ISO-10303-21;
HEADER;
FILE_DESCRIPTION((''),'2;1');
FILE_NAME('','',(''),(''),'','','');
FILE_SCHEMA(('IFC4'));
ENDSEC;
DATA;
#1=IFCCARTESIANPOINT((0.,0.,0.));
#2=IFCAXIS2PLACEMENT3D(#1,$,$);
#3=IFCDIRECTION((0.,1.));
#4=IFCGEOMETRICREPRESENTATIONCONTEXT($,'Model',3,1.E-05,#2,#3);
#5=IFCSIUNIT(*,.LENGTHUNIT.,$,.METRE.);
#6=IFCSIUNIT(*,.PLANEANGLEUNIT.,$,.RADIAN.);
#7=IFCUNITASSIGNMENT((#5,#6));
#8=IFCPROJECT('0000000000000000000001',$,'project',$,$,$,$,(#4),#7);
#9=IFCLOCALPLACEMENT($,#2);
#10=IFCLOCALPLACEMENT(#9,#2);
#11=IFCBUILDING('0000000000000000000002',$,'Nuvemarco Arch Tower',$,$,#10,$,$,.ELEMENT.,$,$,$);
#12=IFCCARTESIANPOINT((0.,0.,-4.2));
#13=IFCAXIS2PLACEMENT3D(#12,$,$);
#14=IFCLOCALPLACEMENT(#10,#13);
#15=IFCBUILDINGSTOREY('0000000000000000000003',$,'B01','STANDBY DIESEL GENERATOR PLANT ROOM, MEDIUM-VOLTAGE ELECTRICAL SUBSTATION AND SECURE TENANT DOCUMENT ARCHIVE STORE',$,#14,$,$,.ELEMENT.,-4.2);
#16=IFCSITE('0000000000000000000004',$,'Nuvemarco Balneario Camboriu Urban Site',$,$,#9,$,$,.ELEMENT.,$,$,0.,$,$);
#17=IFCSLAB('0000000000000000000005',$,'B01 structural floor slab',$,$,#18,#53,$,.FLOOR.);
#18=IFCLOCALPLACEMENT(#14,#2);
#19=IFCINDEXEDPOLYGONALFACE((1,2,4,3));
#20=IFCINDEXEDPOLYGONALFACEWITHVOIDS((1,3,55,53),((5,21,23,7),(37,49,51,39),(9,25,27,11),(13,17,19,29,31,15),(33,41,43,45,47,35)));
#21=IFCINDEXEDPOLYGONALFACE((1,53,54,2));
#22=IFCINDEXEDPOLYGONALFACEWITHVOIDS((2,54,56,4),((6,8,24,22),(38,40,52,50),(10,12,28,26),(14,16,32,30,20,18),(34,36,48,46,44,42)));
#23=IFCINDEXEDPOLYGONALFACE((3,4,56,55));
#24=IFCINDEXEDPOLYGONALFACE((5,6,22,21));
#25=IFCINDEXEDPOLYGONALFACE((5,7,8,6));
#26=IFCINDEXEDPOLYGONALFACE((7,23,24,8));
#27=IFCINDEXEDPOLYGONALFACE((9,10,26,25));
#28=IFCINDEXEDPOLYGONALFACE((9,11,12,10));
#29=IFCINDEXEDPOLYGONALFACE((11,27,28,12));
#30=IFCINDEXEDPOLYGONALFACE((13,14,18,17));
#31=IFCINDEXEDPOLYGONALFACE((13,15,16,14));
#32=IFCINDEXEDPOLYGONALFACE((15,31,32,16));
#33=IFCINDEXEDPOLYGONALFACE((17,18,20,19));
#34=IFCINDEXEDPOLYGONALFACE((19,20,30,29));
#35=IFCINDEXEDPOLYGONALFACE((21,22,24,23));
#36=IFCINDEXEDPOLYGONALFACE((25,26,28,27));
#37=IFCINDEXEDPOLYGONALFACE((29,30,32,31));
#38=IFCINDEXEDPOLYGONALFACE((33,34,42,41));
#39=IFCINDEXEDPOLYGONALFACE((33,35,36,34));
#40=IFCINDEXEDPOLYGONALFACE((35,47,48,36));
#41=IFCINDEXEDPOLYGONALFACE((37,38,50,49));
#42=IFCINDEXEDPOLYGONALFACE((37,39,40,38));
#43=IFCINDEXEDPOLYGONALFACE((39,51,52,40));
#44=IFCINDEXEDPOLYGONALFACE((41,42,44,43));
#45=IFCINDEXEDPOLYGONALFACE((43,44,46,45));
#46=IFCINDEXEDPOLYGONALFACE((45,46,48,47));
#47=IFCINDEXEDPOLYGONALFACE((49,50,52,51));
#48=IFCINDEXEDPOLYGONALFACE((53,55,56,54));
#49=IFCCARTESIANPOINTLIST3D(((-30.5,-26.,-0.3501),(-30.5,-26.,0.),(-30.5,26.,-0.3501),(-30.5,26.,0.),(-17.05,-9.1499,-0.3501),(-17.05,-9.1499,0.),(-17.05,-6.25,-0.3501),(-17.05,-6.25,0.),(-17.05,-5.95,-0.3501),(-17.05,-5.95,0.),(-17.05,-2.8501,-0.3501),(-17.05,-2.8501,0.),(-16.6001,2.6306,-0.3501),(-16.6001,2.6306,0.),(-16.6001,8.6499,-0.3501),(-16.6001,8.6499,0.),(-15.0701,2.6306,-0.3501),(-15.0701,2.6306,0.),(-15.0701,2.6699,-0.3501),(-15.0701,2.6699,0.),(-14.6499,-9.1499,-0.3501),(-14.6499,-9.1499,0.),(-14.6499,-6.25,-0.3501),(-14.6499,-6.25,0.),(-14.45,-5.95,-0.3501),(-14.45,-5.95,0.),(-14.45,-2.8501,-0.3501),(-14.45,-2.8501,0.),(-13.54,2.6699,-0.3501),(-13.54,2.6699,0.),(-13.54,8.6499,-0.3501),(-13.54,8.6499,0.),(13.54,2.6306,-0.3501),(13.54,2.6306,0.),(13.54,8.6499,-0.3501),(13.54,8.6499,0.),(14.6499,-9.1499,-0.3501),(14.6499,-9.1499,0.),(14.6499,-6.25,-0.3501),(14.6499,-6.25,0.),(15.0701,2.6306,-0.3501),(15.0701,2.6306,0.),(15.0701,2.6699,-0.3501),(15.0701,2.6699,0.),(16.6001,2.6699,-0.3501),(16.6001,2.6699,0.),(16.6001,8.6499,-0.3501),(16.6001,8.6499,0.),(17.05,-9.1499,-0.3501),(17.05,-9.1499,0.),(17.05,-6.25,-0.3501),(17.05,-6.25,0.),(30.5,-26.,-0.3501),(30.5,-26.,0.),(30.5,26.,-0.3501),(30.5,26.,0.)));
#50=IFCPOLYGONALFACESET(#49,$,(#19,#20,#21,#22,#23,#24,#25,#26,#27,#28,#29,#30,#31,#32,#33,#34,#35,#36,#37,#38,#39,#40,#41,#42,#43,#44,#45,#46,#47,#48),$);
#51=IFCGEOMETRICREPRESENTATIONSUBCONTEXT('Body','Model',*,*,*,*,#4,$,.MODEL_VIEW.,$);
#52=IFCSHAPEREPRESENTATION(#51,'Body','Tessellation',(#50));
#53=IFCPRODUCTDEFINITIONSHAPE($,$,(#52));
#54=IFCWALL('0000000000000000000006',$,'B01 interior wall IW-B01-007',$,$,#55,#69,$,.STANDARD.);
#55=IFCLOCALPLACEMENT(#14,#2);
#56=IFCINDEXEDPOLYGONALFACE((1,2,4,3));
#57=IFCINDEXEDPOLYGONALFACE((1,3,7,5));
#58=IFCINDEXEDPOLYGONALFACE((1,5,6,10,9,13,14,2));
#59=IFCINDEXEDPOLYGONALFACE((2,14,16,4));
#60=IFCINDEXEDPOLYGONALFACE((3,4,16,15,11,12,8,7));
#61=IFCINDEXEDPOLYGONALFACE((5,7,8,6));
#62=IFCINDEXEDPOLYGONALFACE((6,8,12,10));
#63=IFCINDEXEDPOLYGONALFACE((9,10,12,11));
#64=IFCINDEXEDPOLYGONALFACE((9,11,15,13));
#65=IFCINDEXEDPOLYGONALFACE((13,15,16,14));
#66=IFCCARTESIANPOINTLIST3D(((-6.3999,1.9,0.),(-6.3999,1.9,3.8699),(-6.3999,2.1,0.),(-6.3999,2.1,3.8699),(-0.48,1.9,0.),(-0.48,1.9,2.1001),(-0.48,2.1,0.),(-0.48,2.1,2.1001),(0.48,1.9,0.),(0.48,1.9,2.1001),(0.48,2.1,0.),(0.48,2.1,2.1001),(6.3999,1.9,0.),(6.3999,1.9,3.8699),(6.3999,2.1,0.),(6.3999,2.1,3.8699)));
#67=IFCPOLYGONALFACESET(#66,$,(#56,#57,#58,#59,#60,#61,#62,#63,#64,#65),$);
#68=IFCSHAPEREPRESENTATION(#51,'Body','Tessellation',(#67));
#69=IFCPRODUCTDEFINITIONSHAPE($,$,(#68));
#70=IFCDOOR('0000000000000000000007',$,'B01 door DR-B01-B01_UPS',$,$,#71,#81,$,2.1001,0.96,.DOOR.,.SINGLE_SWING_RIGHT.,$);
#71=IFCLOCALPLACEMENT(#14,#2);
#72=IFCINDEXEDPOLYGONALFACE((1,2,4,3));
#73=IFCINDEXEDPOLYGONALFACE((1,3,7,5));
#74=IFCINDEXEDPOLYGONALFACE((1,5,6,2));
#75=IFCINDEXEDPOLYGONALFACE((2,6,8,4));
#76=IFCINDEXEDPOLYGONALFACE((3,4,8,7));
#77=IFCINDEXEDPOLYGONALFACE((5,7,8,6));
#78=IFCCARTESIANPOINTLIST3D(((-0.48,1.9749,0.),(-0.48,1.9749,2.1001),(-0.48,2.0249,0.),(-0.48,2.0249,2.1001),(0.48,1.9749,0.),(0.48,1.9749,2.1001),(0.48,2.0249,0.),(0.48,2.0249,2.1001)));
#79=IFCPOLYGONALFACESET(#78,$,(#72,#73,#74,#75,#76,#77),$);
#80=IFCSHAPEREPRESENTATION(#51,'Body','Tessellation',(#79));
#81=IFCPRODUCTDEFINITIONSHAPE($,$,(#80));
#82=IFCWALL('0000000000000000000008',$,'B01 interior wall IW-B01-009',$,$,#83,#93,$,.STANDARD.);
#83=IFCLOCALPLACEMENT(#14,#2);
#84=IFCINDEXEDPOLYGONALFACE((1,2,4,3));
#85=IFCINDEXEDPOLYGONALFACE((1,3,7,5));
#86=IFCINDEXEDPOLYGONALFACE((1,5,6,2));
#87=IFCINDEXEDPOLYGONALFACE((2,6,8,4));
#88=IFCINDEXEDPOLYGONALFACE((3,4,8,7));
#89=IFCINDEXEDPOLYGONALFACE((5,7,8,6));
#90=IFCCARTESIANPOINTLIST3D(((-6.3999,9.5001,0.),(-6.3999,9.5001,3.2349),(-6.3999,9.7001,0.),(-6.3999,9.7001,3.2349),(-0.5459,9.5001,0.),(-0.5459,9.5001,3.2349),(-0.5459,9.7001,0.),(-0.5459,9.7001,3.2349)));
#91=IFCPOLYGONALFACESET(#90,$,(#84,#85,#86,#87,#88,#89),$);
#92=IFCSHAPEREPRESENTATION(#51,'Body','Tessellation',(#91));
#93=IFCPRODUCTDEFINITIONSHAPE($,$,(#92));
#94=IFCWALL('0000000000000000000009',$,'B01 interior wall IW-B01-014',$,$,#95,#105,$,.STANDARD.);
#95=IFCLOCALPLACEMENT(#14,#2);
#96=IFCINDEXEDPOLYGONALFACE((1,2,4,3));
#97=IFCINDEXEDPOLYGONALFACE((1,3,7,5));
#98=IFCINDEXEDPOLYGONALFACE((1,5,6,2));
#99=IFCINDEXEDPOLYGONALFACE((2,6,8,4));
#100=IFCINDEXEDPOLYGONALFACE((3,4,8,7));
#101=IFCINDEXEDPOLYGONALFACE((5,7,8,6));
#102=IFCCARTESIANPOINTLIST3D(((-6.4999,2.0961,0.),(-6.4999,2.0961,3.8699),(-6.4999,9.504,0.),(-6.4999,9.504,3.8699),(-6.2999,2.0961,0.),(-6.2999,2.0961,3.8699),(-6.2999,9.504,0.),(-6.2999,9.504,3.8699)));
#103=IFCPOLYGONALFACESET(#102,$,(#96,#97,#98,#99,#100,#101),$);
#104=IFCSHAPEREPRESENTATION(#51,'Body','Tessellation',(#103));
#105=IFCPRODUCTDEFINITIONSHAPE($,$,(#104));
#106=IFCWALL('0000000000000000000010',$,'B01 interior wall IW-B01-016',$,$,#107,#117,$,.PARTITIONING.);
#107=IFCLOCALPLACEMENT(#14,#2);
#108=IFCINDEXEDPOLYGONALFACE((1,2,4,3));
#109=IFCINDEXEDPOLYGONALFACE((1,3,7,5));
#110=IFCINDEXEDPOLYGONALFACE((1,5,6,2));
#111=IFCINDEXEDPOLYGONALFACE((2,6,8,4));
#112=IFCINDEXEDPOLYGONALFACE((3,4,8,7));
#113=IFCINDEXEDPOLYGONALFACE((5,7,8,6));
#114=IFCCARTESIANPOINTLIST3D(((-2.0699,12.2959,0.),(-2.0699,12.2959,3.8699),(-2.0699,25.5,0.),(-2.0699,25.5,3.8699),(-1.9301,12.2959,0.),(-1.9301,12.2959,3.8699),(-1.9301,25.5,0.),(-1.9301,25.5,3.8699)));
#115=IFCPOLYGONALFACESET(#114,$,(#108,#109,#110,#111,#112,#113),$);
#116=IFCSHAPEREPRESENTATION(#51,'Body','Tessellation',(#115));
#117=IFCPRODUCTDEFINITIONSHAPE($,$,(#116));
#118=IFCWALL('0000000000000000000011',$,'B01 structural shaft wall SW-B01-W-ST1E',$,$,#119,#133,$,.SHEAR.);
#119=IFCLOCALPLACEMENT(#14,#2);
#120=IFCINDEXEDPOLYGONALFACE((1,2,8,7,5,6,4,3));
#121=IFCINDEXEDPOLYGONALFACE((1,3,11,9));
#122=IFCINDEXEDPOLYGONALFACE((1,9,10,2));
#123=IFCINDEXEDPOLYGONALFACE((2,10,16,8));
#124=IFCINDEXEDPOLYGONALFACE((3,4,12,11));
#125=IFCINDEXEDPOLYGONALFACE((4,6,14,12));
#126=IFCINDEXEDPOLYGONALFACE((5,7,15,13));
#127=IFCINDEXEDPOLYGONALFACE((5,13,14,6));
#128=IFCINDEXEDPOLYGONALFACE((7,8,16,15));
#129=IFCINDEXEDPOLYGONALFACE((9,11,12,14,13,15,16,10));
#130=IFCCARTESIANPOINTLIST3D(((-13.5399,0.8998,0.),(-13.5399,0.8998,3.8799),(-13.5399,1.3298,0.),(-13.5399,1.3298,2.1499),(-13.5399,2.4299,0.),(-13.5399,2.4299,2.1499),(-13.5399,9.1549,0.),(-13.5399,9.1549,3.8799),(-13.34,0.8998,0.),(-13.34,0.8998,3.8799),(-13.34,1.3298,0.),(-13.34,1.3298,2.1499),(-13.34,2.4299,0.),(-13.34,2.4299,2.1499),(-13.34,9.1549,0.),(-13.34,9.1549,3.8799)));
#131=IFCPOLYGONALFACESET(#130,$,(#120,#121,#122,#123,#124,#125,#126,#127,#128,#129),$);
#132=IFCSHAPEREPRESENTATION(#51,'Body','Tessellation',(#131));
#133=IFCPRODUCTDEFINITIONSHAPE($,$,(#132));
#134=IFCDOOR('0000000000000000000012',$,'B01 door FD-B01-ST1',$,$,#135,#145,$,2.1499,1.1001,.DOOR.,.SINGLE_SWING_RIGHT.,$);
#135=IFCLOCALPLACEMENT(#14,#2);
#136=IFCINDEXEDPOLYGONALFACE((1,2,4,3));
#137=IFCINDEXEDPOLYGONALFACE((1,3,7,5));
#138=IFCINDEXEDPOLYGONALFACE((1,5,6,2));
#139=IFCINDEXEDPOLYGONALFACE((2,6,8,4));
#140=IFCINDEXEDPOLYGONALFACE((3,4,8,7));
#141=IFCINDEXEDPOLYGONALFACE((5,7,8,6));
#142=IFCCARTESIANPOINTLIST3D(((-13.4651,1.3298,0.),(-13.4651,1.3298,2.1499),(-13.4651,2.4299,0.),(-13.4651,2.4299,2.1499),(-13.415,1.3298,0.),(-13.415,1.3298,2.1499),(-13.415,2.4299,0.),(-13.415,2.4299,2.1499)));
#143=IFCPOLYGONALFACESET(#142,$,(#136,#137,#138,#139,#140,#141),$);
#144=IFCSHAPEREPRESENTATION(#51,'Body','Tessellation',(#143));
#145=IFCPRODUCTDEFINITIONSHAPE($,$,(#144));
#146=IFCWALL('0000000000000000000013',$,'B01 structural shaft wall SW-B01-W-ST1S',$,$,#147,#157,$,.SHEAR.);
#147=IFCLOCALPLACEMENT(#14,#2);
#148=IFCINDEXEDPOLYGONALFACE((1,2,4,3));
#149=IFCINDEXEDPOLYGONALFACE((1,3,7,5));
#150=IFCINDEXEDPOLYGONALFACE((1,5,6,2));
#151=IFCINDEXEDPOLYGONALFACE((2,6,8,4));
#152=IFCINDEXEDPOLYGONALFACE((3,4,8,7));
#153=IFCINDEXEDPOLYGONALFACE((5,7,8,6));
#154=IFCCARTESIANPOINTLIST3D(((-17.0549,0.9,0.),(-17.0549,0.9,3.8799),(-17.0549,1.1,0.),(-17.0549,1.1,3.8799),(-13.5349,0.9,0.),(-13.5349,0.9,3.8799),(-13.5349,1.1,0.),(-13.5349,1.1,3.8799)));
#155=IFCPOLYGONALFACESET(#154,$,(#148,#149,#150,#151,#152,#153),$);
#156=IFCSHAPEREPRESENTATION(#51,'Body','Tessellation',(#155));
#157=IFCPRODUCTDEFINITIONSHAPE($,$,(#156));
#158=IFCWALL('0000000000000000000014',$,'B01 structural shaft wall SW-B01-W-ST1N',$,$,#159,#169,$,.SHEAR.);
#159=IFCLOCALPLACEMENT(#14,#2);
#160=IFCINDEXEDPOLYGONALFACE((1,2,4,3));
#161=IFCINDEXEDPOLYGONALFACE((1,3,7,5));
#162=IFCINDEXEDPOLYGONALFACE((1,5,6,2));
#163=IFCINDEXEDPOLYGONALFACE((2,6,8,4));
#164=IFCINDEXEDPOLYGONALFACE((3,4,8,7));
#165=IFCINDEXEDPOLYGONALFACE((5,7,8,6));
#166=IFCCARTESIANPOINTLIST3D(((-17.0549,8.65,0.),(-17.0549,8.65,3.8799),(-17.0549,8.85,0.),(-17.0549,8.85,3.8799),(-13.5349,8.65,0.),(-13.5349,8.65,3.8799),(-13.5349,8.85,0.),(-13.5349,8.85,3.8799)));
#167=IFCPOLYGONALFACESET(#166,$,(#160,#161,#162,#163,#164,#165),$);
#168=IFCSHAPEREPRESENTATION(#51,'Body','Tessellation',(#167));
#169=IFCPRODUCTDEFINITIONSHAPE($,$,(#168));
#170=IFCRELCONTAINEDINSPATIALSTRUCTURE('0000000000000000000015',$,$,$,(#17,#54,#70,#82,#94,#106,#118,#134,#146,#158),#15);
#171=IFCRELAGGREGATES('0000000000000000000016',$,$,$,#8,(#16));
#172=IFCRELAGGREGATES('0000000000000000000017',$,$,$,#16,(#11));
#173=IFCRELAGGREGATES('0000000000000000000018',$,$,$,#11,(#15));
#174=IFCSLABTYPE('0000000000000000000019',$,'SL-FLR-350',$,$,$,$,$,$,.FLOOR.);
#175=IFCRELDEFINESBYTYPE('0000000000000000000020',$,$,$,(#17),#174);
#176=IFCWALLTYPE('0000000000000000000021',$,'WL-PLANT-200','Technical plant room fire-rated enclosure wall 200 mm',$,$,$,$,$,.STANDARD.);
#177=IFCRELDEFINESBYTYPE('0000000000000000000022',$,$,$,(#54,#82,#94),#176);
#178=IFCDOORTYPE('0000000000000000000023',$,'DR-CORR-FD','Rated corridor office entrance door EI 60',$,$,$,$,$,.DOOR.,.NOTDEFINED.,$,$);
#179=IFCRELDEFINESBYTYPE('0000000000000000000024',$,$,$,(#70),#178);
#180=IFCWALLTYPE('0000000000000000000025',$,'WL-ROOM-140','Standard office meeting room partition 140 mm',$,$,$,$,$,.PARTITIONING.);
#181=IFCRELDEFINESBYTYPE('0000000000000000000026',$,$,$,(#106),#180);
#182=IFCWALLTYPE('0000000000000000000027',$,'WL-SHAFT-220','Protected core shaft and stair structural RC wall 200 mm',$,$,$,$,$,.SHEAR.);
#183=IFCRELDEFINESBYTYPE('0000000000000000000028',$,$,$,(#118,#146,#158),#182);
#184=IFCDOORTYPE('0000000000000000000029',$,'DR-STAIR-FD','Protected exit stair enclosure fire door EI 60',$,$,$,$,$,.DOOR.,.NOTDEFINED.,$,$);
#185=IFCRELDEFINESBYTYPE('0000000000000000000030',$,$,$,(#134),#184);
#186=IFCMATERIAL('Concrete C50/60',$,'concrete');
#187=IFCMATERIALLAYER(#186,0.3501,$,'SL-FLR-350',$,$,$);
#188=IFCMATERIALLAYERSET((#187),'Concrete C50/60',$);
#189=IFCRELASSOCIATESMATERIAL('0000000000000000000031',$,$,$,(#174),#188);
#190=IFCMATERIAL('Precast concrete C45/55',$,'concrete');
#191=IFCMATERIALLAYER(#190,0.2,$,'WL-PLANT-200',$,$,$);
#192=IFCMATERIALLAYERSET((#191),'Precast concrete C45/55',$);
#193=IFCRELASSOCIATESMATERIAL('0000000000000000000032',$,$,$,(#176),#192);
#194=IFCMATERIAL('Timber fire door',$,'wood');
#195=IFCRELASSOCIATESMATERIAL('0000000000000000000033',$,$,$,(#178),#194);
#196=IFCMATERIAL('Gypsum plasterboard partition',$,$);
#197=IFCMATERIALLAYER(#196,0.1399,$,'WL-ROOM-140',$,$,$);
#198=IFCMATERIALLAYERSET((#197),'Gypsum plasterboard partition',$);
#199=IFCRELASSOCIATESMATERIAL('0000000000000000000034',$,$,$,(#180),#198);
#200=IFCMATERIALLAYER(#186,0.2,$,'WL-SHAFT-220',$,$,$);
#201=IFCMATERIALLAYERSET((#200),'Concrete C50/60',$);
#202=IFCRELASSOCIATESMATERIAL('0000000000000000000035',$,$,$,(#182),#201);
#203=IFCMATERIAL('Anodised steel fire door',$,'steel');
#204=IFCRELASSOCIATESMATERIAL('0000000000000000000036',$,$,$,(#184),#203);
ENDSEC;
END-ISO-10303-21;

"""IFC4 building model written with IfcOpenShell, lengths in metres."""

from ifc_helpers import new_model, si_unit, direction, frame, frame_2d, origin, place, context, subcontext, project, spatial, polyline, rectangle, outline, extrude, source, transform, mapped, material, layer, layer_set, type_object, type_shapes, element, fill, save


model = new_model("IFC4")

# Units and contexts
model_context = context("Model", 3, precision=1e-05, world=origin(), true_north=direction((0.0, 1.0)))
body_context = subcontext(model_context, "Body", "Model", "MODEL_VIEW")
ifc_project = project(units=[si_unit("LENGTHUNIT", "METRE"), si_unit("PLANEANGLEUNIT", "RADIAN")], contexts=[model_context])

# Site, building, storey
site_placement = place(None, origin())
site = spatial("IfcSite", under=ifc_project, at=site_placement, Name="Nuvemarco Balneario Camboriu Urban Site", CompositionType="ELEMENT", RefElevation=0.0)
building_placement = place(site_placement, origin())
building = spatial("IfcBuilding", under=site, at=building_placement, Name="Nuvemarco Arch Tower", CompositionType="ELEMENT")
storey_placement = place(building_placement, frame((0.0, 0.0, -4.2)))
storey = spatial("IfcBuildingStorey", under=building, at=storey_placement, Name="B01", Description="STANDBY DIESEL GENERATOR PLANT ROOM, MEDIUM-VOLTAGE ELECTRICAL SUBSTATION AND SECURE TENANT DOCUMENT ARCHIVE STORE", CompositionType="ELEMENT", Elevation=-4.2)

# Shared definitions
ifc_material_1 = material(Name="Concrete C50/60", Category="concrete")

# Slab
ifc_layer_1 = layer(ifc_material_1, 0.3501, Name="SL-FLR-350")
ifc_layer_set_1 = layer_set([ifc_layer_1], Name="Concrete C50/60")
slab_type = type_object("IfcSlabType", Name="SL-FLR-350", PredefinedType="FLOOR", material=ifc_layer_set_1)
slab_placement = place(storey_placement, frame((0.0, 0.0, -0.3501)))
element("IfcSlab", 1, at=slab_placement, inside=storey, type_object=slab_type, Name="B01 structural floor slab", PredefinedType="FLOOR", context=body_context, shape_type="SweptSolid", body=[
    extrude(outline(polyline([(-30.5, -26.0), (30.5, -26.0), (30.5, 26.0), (-30.5, 26.0), (-30.5, -26.0)]), holes=[polyline([(-13.54, 2.6699), (-13.54, 8.6499), (-16.6001, 8.6499), (-16.6001, 2.6306), (-15.0701, 2.6306), (-15.0701, 2.6699), (-13.54, 2.6699)]), polyline([(16.6001, 2.6699), (16.6001, 8.6499), (13.54, 8.6499), (13.54, 2.6306), (15.0701, 2.6306), (15.0701, 2.6699), (16.6001, 2.6699)]), polyline([(-17.05, -9.1499), (-14.6499, -9.1499), (-14.6499, -6.25), (-17.05, -6.25), (-17.05, -9.1499)]), polyline([(-17.05, -5.95), (-14.45, -5.95), (-14.45, -2.8501), (-17.05, -2.8501), (-17.05, -5.95)]), polyline([(14.6499, -9.1499), (17.05, -9.1499), (17.05, -6.25), (14.6499, -6.25), (14.6499, -9.1499)])]), origin(), (0.0, 0.0, 1.0), 0.3501),
])

# Wall, opening, door
ifc_material_2 = material(Name="Precast concrete C45/55", Category="concrete")
ifc_layer_2 = layer(ifc_material_2, 0.2, Name="WL-PLANT-200")
ifc_layer_set_2 = layer_set([ifc_layer_2], Name="Precast concrete C45/55")
wall_type_1 = type_object("IfcWallType", Name="WL-PLANT-200", Description="Technical plant room fire-rated enclosure wall 200 mm", PredefinedType="STANDARD", material=ifc_layer_set_2)
wall_1_placement = place(storey_placement, frame((-6.3999, 2.0, 0.0), z_axis=(0.0, 0.0, 1.0), x_axis=(1.0, 0.0, 0.0)))
wall_1 = element("IfcWall", 2, at=wall_1_placement, inside=storey, type_object=wall_type_1, Name="B01 interior wall IW-B01-007", PredefinedType="STANDARD", context=body_context, shape_type="SweptSolid", body=[
    extrude(rectangle(XDim=12.7998, YDim=0.2, at=frame_2d((6.3999, 0.0))), origin(), (0.0, 0.0, 1.0), 3.8699),
])
opening_1_placement = place(wall_1_placement, frame((5.9199, 0.0, 0.0)))
opening_1 = element("IfcOpeningElement", 3, at=opening_1_placement, cuts=wall_1, PredefinedType="OPENING", context=body_context, shape_type="SweptSolid", body=[
    extrude(rectangle(XDim=0.96, YDim=2.1001, at=frame_2d((0.48, 1.05))), frame((0.0, 0.1099, 0.0), z_axis=(0.0, -1.0, 0.0), x_axis=(1.0, 0.0, 0.0)), (0.0, 0.0, 1.0), 0.22),
])
ifc_material_3 = material(Name="Timber fire door", Category="wood")
door_type_1 = type_object("IfcDoorType", Name="DR-CORR-FD", Description="Rated corridor office entrance door EI 60", OperationType="NOTDEFINED", PredefinedType="DOOR", material=ifc_material_3)
shared_shape_1 = source(origin(), body_context, "Body", "SweptSolid", [
    extrude(rectangle(XDim=0.96, YDim=2.1001, at=frame_2d((0.48, 1.05))), frame((0.0, 0.0249, 0.0), z_axis=(0.0, -1.0, 0.0), x_axis=(1.0, 0.0, 0.0)), (0.0, 0.0, 1.0), 0.05),
])
type_shapes(door_type_1, [shared_shape_1])
door_1_placement = place(opening_1_placement, origin())
door_1 = element("IfcDoor", 4, at=door_1_placement, inside=storey, type_object=door_type_1, Name="B01 door DR-B01-B01_UPS", OperationType="SINGLE_SWING_RIGHT", OverallHeight=2.1001, OverallWidth=0.96, PredefinedType="DOOR", context=body_context, shape_type="MappedRepresentation", body=[
    mapped(shared_shape_1, transform((0.0, 0.0, 0.0), scale=1.0)),
])
fill(opening_1, door_1)

# Walls
wall_2_placement = place(storey_placement, frame((-6.3999, 9.6001, 0.0), z_axis=(0.0, 0.0, 1.0), x_axis=(1.0, 0.0, 0.0)))
element("IfcWall", 5, at=wall_2_placement, inside=storey, type_object=wall_type_1, Name="B01 interior wall IW-B01-009", PredefinedType="STANDARD", context=body_context, shape_type="SweptSolid", body=[
    extrude(rectangle(XDim=5.854, YDim=0.2, at=frame_2d((2.927, 0.0))), origin(), (0.0, 0.0, 1.0), 3.2349),
])
wall_3_placement = place(storey_placement, frame((-6.3999, 2.0959, 0.0), z_axis=(0.0, 0.0, 1.0), x_axis=(0.0, 1.0, 0.0)))
element("IfcWall", 6, at=wall_3_placement, inside=storey, type_object=wall_type_1, Name="B01 interior wall IW-B01-014", PredefinedType="STANDARD", context=body_context, shape_type="SweptSolid", body=[
    extrude(rectangle(XDim=7.408, YDim=0.2, at=frame_2d((3.7041, 0.0))), origin(), (0.0, 0.0, 1.0), 3.8699),
])
ifc_material_4 = material(Name="Gypsum plasterboard partition")
ifc_layer_3 = layer(ifc_material_4, 0.1399, Name="WL-ROOM-140")
ifc_layer_set_3 = layer_set([ifc_layer_3], Name="Gypsum plasterboard partition")
wall_type_2 = type_object("IfcWallType", Name="WL-ROOM-140", Description="Standard office meeting room partition 140 mm", PredefinedType="PARTITIONING", material=ifc_layer_set_3)
wall_4_placement = place(storey_placement, frame((-2.0, 12.2959, 0.0), z_axis=(0.0, 0.0, 1.0), x_axis=(0.0, 1.0, 0.0)))
element("IfcWall", 7, at=wall_4_placement, inside=storey, type_object=wall_type_2, Name="B01 interior wall IW-B01-016", PredefinedType="PARTITIONING", context=body_context, shape_type="SweptSolid", body=[
    extrude(rectangle(XDim=13.2041, YDim=0.1399, at=frame_2d((6.6021, 0.0))), origin(), (0.0, 0.0, 1.0), 3.8699),
])

# Wall, opening, door
ifc_layer_4 = layer(ifc_material_1, 0.2, Name="WL-SHAFT-220")
ifc_layer_set_4 = layer_set([ifc_layer_4], Name="Concrete C50/60")
wall_type_3 = type_object("IfcWallType", Name="WL-SHAFT-220", Description="Protected core shaft and stair structural RC wall 200 mm", PredefinedType="SHEAR", material=ifc_layer_set_4)
wall_5_placement = place(storey_placement, frame((-13.4399, 0.8999, 0.0), z_axis=(0.0, 0.0, 1.0), x_axis=(0.0, 1.0, 0.0)))
wall_5 = element("IfcWall", 8, at=wall_5_placement, inside=storey, type_object=wall_type_3, Name="B01 structural shaft wall SW-B01-W-ST1E", PredefinedType="SHEAR", context=body_context, shape_type="SweptSolid", body=[
    extrude(rectangle(XDim=8.2551, YDim=0.2, at=frame_2d((4.1274, 0.0))), origin(), (0.0, 0.0, 1.0), 3.8799),
])
opening_2_placement = place(wall_5_placement, frame((1.53, 0.0, 0.0), z_axis=(0.0, 0.0, 1.0), x_axis=(-1.0, 0.0, 0.0)))
opening_2 = element("IfcOpeningElement", 9, at=opening_2_placement, cuts=wall_5, PredefinedType="OPENING", context=body_context, shape_type="SweptSolid", body=[
    extrude(rectangle(XDim=1.1001, YDim=2.1499, at=frame_2d((0.55, 1.075))), frame((0.0, 0.1099, 0.0), z_axis=(0.0, -1.0, 0.0), x_axis=(1.0, 0.0, 0.0)), (0.0, 0.0, 1.0), 0.22),
])
ifc_material_5 = material(Name="Anodised steel fire door", Category="steel")
door_type_2 = type_object("IfcDoorType", Name="DR-STAIR-FD", Description="Protected exit stair enclosure fire door EI 60", OperationType="NOTDEFINED", PredefinedType="DOOR", material=ifc_material_5)
shared_shape_2 = source(origin(), body_context, "Body", "SweptSolid", [
    extrude(rectangle(XDim=1.1001, YDim=2.1499, at=frame_2d((0.55, 1.075))), frame((0.0, 0.0249, 0.0), z_axis=(0.0, -1.0, 0.0), x_axis=(1.0, 0.0, 0.0)), (0.0, 0.0, 1.0), 0.05),
])
type_shapes(door_type_2, [shared_shape_2])
door_2_placement = place(opening_2_placement, origin())
door_2 = element("IfcDoor", 10, at=door_2_placement, inside=storey, type_object=door_type_2, Name="B01 door FD-B01-ST1", OperationType="SINGLE_SWING_RIGHT", OverallHeight=2.1499, OverallWidth=1.1001, PredefinedType="DOOR", context=body_context, shape_type="MappedRepresentation", body=[
    mapped(shared_shape_2, transform((0.0, 0.0, 0.0), scale=1.0)),
])
fill(opening_2, door_2)

# Walls
for number, where, z_axis, x_axis, name in (
    (11, (-17.0549, 1.0, 0.0), (0.0, 0.0, 1.0), (1.0, 0.0, 0.0), "B01 structural shaft wall SW-B01-W-ST1S"),
    (12, (-17.0549, 8.75, 0.0), (0.0, 0.0, 1.0), (1.0, 0.0, 0.0), "B01 structural shaft wall SW-B01-W-ST1N"),
):
    element("IfcWall", number, at=place(storey_placement, frame(where, z_axis=z_axis, x_axis=x_axis)), inside=storey, type_object=wall_type_3, Name=name, PredefinedType="SHEAR", context=body_context, shape_type="SweptSolid", body=[
        extrude(rectangle(XDim=3.52, YDim=0.2, at=frame_2d((1.76, 0.0))), origin(), (0.0, 0.0, 1.0), 3.8799),
    ])

save(model, "model.ifc")
